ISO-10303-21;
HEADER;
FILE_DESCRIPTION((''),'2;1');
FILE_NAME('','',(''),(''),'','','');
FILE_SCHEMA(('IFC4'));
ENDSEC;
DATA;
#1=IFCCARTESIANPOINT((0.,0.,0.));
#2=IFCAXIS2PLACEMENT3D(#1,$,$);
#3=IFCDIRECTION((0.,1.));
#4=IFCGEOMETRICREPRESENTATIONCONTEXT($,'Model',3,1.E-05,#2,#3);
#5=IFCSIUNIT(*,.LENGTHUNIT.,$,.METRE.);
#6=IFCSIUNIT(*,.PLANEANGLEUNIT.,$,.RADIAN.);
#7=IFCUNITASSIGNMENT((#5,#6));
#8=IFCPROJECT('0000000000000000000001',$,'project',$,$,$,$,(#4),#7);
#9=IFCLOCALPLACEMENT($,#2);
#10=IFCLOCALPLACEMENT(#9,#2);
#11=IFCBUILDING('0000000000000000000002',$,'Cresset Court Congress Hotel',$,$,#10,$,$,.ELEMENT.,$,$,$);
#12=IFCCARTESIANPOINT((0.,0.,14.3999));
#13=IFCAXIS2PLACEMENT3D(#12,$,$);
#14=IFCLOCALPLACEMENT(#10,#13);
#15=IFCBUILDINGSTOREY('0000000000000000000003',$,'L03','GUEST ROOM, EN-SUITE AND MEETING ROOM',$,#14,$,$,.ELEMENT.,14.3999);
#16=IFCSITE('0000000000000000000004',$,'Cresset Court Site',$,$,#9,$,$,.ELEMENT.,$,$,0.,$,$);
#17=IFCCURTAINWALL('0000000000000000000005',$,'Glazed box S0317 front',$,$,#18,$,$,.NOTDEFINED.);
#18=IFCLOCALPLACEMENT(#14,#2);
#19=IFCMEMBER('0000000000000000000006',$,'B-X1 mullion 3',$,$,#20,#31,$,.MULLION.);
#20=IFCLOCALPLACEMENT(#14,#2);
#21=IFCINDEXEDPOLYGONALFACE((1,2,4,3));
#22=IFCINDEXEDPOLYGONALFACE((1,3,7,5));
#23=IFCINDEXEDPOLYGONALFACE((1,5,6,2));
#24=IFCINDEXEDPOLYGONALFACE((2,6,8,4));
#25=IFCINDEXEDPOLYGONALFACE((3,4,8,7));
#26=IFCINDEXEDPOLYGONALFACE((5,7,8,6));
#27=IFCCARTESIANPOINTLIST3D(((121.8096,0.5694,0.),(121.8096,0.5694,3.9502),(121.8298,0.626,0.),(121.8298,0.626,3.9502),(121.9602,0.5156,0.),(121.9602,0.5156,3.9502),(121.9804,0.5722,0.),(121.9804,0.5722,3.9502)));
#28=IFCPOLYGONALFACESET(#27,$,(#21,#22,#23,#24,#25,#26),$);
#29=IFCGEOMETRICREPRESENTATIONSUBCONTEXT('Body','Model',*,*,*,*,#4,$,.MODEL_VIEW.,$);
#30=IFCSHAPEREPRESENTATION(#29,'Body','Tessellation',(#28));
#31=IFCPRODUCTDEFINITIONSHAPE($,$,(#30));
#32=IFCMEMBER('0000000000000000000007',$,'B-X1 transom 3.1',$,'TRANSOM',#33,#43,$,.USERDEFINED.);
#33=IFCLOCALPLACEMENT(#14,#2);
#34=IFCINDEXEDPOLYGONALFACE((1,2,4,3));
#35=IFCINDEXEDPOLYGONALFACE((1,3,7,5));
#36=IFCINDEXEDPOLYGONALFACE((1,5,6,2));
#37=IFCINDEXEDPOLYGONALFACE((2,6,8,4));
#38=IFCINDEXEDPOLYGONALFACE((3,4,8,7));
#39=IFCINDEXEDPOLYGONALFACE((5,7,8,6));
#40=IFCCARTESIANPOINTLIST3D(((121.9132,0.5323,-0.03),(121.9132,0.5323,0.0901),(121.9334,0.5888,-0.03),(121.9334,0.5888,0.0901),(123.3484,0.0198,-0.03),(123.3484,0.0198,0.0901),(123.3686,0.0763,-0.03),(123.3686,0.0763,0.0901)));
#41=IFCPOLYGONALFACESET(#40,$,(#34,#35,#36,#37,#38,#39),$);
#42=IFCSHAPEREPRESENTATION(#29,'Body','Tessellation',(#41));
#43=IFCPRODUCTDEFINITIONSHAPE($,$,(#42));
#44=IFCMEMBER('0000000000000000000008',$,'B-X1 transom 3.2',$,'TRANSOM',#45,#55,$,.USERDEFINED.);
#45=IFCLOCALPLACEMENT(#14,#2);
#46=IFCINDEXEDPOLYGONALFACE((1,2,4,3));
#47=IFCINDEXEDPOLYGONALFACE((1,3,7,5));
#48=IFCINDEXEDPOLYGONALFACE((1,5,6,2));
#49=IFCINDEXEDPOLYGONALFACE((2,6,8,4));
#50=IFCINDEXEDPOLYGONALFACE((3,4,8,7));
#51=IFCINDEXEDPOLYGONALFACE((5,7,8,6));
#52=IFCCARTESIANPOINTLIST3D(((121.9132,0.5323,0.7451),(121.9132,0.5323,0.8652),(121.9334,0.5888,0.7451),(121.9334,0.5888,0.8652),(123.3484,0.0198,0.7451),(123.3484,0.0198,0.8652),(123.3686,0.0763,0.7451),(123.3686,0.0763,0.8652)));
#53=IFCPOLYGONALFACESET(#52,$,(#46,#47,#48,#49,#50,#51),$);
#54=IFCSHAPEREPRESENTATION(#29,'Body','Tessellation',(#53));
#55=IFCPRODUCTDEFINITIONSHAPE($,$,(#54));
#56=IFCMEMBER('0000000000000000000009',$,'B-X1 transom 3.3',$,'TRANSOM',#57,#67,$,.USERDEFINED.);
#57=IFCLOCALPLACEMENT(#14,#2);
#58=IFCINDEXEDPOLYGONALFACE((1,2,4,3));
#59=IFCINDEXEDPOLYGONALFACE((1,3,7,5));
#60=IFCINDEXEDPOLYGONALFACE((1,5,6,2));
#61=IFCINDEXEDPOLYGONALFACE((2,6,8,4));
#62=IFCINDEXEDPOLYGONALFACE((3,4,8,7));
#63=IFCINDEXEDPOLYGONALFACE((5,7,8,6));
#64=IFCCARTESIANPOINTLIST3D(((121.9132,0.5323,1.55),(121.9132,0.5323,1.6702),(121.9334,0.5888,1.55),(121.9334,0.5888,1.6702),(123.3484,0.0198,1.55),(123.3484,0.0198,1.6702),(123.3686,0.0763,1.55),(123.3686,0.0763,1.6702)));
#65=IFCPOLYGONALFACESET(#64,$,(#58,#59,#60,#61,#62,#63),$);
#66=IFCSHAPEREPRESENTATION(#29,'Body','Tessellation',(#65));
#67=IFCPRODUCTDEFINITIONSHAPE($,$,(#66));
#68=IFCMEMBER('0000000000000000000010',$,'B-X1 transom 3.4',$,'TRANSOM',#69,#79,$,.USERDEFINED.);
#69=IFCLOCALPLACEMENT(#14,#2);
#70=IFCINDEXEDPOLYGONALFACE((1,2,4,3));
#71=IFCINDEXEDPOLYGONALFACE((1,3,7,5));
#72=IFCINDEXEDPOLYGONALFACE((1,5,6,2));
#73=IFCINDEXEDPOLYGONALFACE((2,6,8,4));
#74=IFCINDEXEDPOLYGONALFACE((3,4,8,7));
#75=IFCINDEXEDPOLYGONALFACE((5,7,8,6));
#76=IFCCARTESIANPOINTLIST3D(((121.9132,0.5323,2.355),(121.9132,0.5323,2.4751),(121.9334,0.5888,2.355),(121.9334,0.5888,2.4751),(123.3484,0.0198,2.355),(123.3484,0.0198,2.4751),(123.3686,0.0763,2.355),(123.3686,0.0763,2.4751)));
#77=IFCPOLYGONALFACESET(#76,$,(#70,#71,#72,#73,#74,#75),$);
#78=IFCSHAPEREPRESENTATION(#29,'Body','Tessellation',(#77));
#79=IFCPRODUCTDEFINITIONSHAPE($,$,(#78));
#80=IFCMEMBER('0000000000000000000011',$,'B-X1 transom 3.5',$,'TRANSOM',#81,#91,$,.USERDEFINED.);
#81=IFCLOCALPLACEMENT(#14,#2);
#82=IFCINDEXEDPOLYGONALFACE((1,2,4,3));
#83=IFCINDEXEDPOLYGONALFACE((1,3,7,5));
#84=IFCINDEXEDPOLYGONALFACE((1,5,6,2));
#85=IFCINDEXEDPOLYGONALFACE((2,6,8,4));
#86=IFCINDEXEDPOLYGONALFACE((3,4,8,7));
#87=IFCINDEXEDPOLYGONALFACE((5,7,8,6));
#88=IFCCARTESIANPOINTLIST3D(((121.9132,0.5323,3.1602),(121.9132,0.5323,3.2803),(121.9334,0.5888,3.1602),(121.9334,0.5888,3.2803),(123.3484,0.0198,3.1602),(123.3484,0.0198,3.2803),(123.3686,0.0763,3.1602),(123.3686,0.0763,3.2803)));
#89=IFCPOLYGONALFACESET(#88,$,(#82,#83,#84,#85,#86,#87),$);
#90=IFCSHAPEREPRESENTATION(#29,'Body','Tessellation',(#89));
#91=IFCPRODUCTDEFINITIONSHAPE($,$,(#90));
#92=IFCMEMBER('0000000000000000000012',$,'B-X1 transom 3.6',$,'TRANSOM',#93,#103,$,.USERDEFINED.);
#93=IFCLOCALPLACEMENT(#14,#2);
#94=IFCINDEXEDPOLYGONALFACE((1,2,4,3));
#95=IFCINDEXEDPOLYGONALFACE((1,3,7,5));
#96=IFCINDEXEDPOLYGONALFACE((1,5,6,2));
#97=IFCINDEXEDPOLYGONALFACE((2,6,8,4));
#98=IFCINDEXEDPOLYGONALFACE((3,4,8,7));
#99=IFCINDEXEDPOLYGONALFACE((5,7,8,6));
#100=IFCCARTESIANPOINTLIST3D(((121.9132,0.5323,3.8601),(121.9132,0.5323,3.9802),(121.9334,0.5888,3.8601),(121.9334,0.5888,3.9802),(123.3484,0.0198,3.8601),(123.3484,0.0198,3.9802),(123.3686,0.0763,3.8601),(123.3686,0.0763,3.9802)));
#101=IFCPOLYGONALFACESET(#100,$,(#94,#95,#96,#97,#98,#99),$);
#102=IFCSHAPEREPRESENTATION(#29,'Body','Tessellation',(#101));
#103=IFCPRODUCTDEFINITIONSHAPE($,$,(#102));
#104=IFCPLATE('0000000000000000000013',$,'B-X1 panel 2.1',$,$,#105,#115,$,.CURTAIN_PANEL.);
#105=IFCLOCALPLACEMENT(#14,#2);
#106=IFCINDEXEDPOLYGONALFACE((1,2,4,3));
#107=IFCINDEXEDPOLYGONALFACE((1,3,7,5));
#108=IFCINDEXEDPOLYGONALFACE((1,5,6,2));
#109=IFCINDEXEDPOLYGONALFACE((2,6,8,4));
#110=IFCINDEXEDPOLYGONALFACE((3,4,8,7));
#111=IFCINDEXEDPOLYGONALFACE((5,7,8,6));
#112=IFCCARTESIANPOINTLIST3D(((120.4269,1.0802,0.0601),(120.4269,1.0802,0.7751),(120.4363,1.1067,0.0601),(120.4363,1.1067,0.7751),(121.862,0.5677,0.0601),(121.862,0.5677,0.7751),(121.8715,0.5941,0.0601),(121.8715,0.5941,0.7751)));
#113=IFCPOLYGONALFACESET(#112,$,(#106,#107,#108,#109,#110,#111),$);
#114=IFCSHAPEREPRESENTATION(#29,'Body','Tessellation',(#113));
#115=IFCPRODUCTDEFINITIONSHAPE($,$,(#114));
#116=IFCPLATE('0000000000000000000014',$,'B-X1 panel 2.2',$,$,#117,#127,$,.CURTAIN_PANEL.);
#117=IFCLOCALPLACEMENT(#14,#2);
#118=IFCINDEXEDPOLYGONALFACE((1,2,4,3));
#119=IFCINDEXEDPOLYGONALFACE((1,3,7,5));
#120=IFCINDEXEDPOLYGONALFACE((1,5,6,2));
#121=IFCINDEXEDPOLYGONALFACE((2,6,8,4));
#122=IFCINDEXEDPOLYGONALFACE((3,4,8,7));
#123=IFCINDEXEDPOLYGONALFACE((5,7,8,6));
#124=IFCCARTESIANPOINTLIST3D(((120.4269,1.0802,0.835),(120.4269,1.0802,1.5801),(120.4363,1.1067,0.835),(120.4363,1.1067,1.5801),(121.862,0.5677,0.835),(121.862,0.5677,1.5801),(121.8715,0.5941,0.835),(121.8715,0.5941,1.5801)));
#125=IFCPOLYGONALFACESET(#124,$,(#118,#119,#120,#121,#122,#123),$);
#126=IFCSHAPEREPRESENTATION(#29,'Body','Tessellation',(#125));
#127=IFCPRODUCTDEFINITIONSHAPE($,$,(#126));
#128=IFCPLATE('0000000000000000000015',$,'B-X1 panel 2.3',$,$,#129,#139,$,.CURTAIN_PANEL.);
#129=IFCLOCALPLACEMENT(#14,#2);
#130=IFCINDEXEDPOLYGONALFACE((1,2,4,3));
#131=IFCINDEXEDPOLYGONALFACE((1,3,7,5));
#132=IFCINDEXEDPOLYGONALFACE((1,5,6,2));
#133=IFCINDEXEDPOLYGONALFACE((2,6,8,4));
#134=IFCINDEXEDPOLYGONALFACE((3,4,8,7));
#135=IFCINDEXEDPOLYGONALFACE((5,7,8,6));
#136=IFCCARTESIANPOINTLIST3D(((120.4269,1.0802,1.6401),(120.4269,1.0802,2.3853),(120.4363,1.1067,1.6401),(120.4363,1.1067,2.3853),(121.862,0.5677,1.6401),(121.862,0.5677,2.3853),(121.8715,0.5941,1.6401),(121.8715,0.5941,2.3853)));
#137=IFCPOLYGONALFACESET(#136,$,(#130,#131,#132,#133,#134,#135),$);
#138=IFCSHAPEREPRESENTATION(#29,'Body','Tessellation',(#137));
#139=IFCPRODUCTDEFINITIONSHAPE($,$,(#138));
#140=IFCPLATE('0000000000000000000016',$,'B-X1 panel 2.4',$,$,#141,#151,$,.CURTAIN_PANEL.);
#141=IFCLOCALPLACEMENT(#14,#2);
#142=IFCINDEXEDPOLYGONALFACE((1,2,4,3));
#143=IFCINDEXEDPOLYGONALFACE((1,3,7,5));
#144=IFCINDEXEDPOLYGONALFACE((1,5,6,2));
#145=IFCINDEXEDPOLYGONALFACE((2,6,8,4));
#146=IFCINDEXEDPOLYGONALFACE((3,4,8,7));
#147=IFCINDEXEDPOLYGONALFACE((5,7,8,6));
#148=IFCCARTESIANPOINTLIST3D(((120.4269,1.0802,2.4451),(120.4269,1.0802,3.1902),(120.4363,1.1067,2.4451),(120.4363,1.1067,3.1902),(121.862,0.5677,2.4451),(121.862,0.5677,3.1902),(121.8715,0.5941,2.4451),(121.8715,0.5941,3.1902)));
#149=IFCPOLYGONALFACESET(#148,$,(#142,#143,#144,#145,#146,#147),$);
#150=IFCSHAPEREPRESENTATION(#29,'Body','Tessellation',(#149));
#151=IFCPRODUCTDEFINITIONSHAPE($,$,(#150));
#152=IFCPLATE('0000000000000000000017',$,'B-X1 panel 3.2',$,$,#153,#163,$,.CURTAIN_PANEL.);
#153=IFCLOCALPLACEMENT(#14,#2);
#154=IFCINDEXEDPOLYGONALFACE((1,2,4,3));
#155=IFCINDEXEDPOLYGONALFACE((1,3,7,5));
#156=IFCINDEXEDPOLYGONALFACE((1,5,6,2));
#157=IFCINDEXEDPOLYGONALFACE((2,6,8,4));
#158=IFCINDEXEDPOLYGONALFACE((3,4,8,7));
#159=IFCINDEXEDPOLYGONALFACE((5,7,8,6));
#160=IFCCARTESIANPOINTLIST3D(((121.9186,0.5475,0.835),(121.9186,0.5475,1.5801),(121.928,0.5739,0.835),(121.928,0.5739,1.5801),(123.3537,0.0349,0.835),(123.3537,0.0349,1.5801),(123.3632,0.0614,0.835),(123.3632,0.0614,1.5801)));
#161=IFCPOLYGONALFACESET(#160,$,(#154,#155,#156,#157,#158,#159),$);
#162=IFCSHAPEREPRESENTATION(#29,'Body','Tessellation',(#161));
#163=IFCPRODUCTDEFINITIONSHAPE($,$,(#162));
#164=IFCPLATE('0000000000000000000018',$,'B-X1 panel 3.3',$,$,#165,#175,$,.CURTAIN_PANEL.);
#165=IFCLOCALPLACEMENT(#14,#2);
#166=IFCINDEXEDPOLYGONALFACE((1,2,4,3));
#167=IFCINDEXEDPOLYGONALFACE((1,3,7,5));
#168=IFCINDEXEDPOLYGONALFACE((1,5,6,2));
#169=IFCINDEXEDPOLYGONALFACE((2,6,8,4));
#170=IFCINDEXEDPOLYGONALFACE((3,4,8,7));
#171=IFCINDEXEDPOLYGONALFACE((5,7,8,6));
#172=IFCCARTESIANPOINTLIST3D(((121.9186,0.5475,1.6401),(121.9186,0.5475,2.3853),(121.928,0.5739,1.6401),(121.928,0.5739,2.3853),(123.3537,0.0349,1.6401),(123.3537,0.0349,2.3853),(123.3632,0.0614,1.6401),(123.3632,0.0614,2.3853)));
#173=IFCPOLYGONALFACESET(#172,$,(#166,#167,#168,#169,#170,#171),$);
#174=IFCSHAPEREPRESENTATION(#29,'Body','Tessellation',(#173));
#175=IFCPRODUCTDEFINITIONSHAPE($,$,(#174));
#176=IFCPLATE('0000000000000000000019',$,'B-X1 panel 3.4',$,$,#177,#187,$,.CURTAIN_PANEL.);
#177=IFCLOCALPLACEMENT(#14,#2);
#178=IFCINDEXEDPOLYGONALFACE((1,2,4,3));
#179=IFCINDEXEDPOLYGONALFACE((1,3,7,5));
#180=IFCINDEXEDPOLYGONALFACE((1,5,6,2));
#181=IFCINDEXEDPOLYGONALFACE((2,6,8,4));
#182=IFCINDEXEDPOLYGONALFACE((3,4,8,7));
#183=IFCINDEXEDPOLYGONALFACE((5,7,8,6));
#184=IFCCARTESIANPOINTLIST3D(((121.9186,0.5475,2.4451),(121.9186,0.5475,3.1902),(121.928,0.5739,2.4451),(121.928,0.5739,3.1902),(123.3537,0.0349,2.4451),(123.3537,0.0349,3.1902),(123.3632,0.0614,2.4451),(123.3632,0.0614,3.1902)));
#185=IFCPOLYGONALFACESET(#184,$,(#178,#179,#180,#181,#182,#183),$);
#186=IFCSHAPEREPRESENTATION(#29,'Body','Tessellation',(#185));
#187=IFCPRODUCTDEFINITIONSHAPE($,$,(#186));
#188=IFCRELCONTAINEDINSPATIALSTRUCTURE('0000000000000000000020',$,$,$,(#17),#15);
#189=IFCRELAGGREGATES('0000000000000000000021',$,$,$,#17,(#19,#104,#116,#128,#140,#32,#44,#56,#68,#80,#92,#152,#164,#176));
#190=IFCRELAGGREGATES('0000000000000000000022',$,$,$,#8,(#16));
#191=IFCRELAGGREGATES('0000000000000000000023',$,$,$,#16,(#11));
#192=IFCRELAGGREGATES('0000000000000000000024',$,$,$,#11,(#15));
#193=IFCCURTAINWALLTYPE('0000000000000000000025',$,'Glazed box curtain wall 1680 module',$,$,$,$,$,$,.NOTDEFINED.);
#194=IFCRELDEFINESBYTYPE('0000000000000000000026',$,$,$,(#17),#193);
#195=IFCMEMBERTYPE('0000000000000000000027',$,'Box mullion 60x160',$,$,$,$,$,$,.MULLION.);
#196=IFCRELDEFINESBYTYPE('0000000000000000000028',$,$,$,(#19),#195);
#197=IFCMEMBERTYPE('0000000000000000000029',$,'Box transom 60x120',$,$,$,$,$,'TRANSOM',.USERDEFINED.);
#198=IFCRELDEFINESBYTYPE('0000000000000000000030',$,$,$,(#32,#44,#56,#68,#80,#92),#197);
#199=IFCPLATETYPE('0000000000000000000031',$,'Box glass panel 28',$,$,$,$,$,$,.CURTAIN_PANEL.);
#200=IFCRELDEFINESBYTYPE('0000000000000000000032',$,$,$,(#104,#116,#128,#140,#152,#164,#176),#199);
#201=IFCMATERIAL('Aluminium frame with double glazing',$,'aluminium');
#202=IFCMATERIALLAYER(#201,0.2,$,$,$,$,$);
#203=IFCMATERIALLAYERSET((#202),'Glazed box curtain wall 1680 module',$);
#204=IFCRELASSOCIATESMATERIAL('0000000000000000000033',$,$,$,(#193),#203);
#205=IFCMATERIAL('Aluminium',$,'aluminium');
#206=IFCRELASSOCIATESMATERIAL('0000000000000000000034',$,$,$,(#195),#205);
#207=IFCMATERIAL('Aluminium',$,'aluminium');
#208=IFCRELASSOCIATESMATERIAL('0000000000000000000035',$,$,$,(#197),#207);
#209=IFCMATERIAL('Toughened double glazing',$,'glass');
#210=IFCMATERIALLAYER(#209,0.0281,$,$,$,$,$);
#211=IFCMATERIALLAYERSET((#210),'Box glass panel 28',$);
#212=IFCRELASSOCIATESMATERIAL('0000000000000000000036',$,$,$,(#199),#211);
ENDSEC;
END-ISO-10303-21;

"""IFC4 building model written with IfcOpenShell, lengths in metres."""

from ifc_helpers import new_model, si_unit, direction, frame, origin, origin_2d, place, context, subcontext, project, spatial, rectangle, extrude, material, layer, layer_set, material_profile, profile_set, type_object, element, aggregate, save


model = new_model("IFC4")

# Units and contexts
model_context = context("Model", 3, precision=1e-05, world=origin(), true_north=direction((0.0, 1.0)))
body_context = subcontext(model_context, "Body", "Model", "MODEL_VIEW")
ifc_project = project(units=[si_unit("LENGTHUNIT", "METRE"), si_unit("PLANEANGLEUNIT", "RADIAN")], contexts=[model_context])

# Site, building, storey
site_placement = place(None, origin())
site = spatial("IfcSite", under=ifc_project, at=site_placement, Name="Cresset Court Site", CompositionType="ELEMENT", RefElevation=0.0)
building_placement = place(site_placement, origin())
building = spatial("IfcBuilding", under=site, at=building_placement, Name="Cresset Court Congress Hotel", CompositionType="ELEMENT")
storey_placement = place(building_placement, frame((0.0, 0.0, 14.3999)))
storey = spatial("IfcBuildingStorey", under=building, at=storey_placement, Name="L03", Description="GUEST ROOM, EN-SUITE AND MEETING ROOM", CompositionType="ELEMENT", Elevation=14.3999)

# Curtain wall, members, plates
ifc_material_1 = material(Name="Aluminium frame with double glazing", Category="aluminium")
ifc_layer_1 = layer(ifc_material_1, 0.2)
ifc_layer_set_1 = layer_set([ifc_layer_1], Name="Glazed box curtain wall 1680 module")
curtain_wall_type = type_object("IfcCurtainWallType", Name="Glazed box curtain wall 1680 module", PredefinedType="NOTDEFINED", material=ifc_layer_set_1)
curtain_wall_1_placement = place(storey_placement, origin())
curtain_wall_1 = element("IfcCurtainWall", 1, at=curtain_wall_1_placement, inside=storey, type_object=curtain_wall_type, Name="Glazed box S0317 front", PredefinedType="NOTDEFINED")
ifc_material_2 = material(Name="Aluminium", Category="aluminium")
ifc_material_profile_1 = material_profile(ifc_material_2, rectangle(XDim=0.0601, YDim=0.1599, at=origin_2d()), Name="Box mullion 60x160")
ifc_profile_set_1 = profile_set([ifc_material_profile_1], Name="Aluminium")
member_type_1 = type_object("IfcMemberType", Name="Box mullion 60x160", PredefinedType="MULLION", material=ifc_profile_set_1)
member_1_placement = place(storey_placement, frame((121.895, 0.5708, 0.0), z_axis=(0.0, 0.0, 1.0), x_axis=(0.336336, 0.941742, 0.0)))
member_1 = element("IfcMember", 2, at=member_1_placement, type_object=member_type_1, Name="B-X1 mullion 3", PredefinedType="MULLION", context=body_context, shape_type="SweptSolid", body=[
    extrude(rectangle(XDim=0.0601, YDim=0.1599, at=origin_2d()), origin(), (0.0, 0.0, 1.0), 3.9502),
])
ifc_material_3 = material(Name="Aluminium", Category="aluminium")
ifc_material_profile_2 = material_profile(ifc_material_3, rectangle(XDim=0.0601, YDim=0.1201, at=origin_2d()), Name="Box transom 60x120")
ifc_profile_set_2 = profile_set([ifc_material_profile_2], Name="Aluminium")
member_type_2 = type_object("IfcMemberType", Name="Box transom 60x120", ElementType="TRANSOM", PredefinedType="USERDEFINED", material=ifc_profile_set_2)
member_2_placement = place(storey_placement, frame((121.9233, 0.5605, 0.03), z_axis=(0.941756, -0.336296, 0.0), x_axis=(0.336296, 0.941756, 0.0)))
member_2 = element("IfcMember", 3, at=member_2_placement, type_object=member_type_2, Name="B-X1 transom 3.1", ObjectType="TRANSOM", PredefinedType="USERDEFINED", context=body_context, shape_type="SweptSolid", body=[
    extrude(rectangle(XDim=0.0601, YDim=0.1201, at=origin_2d()), origin(), (0.0, 0.0, 1.0), 1.5239),
])
member_3_placement = place(storey_placement, frame((121.9233, 0.5605, 0.8052), z_axis=(0.941756, -0.336296, 0.0), x_axis=(0.336296, 0.941756, 0.0)))
member_3 = element("IfcMember", 4, at=member_3_placement, type_object=member_type_2, Name="B-X1 transom 3.2", ObjectType="TRANSOM", PredefinedType="USERDEFINED", context=body_context, shape_type="SweptSolid", body=[
    extrude(rectangle(XDim=0.0601, YDim=0.1201, at=origin_2d()), origin(), (0.0, 0.0, 1.0), 1.5239),
])
member_4_placement = place(storey_placement, frame((121.9233, 0.5605, 1.6101), z_axis=(0.941756, -0.336296, 0.0), x_axis=(0.336296, 0.941756, 0.0)))
member_4 = element("IfcMember", 5, at=member_4_placement, type_object=member_type_2, Name="B-X1 transom 3.3", ObjectType="TRANSOM", PredefinedType="USERDEFINED", context=body_context, shape_type="SweptSolid", body=[
    extrude(rectangle(XDim=0.0601, YDim=0.1201, at=origin_2d()), origin(), (0.0, 0.0, 1.0), 1.5239),
])
member_5_placement = place(storey_placement, frame((121.9233, 0.5605, 2.415), z_axis=(0.941756, -0.336296, 0.0), x_axis=(0.336296, 0.941756, 0.0)))
member_5 = element("IfcMember", 6, at=member_5_placement, type_object=member_type_2, Name="B-X1 transom 3.4", ObjectType="TRANSOM", PredefinedType="USERDEFINED", context=body_context, shape_type="SweptSolid", body=[
    extrude(rectangle(XDim=0.0601, YDim=0.1201, at=origin_2d()), origin(), (0.0, 0.0, 1.0), 1.5239),
])
member_6_placement = place(storey_placement, frame((121.9233, 0.5605, 3.2202), z_axis=(0.941756, -0.336296, 0.0), x_axis=(0.336296, 0.941756, 0.0)))
member_6 = element("IfcMember", 7, at=member_6_placement, type_object=member_type_2, Name="B-X1 transom 3.5", ObjectType="TRANSOM", PredefinedType="USERDEFINED", context=body_context, shape_type="SweptSolid", body=[
    extrude(rectangle(XDim=0.0601, YDim=0.1201, at=origin_2d()), origin(), (0.0, 0.0, 1.0), 1.5239),
])
member_7_placement = place(storey_placement, frame((121.9233, 0.5605, 3.9202), z_axis=(0.941756, -0.336296, 0.0), x_axis=(0.336296, 0.941756, 0.0)))
member_7 = element("IfcMember", 8, at=member_7_placement, type_object=member_type_2, Name="B-X1 transom 3.6", ObjectType="TRANSOM", PredefinedType="USERDEFINED", context=body_context, shape_type="SweptSolid", body=[
    extrude(rectangle(XDim=0.0601, YDim=0.1201, at=origin_2d()), origin(), (0.0, 0.0, 1.0), 1.5239),
])
ifc_material_4 = material(Name="Toughened double glazing", Category="glass")
ifc_layer_2 = layer(ifc_material_4, 0.0281)
ifc_layer_set_2 = layer_set([ifc_layer_2], Name="Box glass panel 28")
plate_type_1 = type_object("IfcPlateType", Name="Box glass panel 28", PredefinedType="CURTAIN_PANEL", material=ifc_layer_set_2)
plate_1_placement = place(storey_placement, frame((121.1492, 0.8372, 0.0601), z_axis=(0.0, 0.0, 1.0), x_axis=(0.941742, -0.336336, 0.0)))
plate_1 = element("IfcPlate", 9, at=plate_1_placement, type_object=plate_type_1, Name="B-X1 panel 2.1", PredefinedType="CURTAIN_PANEL", context=body_context, shape_type="SweptSolid", body=[
    extrude(rectangle(XDim=1.5239, YDim=0.0281, at=origin_2d()), origin(), (0.0, 0.0, 1.0), 0.7151),
])
plate_2_placement = place(storey_placement, frame((121.1492, 0.8372, 0.835), z_axis=(0.0, 0.0, 1.0), x_axis=(0.941742, -0.336336, 0.0)))
plate_2 = element("IfcPlate", 10, at=plate_2_placement, type_object=plate_type_1, Name="B-X1 panel 2.2", PredefinedType="CURTAIN_PANEL", context=body_context, shape_type="SweptSolid", body=[
    extrude(rectangle(XDim=1.5239, YDim=0.0281, at=origin_2d()), origin(), (0.0, 0.0, 1.0), 0.7451),
])
plate_3_placement = place(storey_placement, frame((121.1492, 0.8372, 1.6401), z_axis=(0.0, 0.0, 1.0), x_axis=(0.941742, -0.336336, 0.0)))
plate_3 = element("IfcPlate", 11, at=plate_3_placement, type_object=plate_type_1, Name="B-X1 panel 2.3", PredefinedType="CURTAIN_PANEL", context=body_context, shape_type="SweptSolid", body=[
    extrude(rectangle(XDim=1.5239, YDim=0.0281, at=origin_2d()), origin(), (0.0, 0.0, 1.0), 0.7451),
])
plate_4_placement = place(storey_placement, frame((121.1492, 0.8372, 2.4451), z_axis=(0.0, 0.0, 1.0), x_axis=(0.941742, -0.336336, 0.0)))
plate_4 = element("IfcPlate", 12, at=plate_4_placement, type_object=plate_type_1, Name="B-X1 panel 2.4", PredefinedType="CURTAIN_PANEL", context=body_context, shape_type="SweptSolid", body=[
    extrude(rectangle(XDim=1.5239, YDim=0.0281, at=origin_2d()), origin(), (0.0, 0.0, 1.0), 0.7451),
])
plate_5_placement = place(storey_placement, frame((122.6409, 0.3044, 0.835), z_axis=(0.0, 0.0, 1.0), x_axis=(0.941742, -0.336336, 0.0)))
plate_5 = element("IfcPlate", 13, at=plate_5_placement, type_object=plate_type_1, Name="B-X1 panel 3.2", PredefinedType="CURTAIN_PANEL", context=body_context, shape_type="SweptSolid", body=[
    extrude(rectangle(XDim=1.5239, YDim=0.0281, at=origin_2d()), origin(), (0.0, 0.0, 1.0), 0.7451),
])
plate_6_placement = place(storey_placement, frame((122.6409, 0.3044, 1.6401), z_axis=(0.0, 0.0, 1.0), x_axis=(0.941742, -0.336336, 0.0)))
plate_6 = element("IfcPlate", 14, at=plate_6_placement, type_object=plate_type_1, Name="B-X1 panel 3.3", PredefinedType="CURTAIN_PANEL", context=body_context, shape_type="SweptSolid", body=[
    extrude(rectangle(XDim=1.5239, YDim=0.0281, at=origin_2d()), origin(), (0.0, 0.0, 1.0), 0.7451),
])
plate_7_placement = place(storey_placement, frame((122.6409, 0.3044, 2.4451), z_axis=(0.0, 0.0, 1.0), x_axis=(0.941742, -0.336336, 0.0)))
plate_7 = element("IfcPlate", 15, at=plate_7_placement, type_object=plate_type_1, Name="B-X1 panel 3.4", PredefinedType="CURTAIN_PANEL", context=body_context, shape_type="SweptSolid", body=[
    extrude(rectangle(XDim=1.5239, YDim=0.0281, at=origin_2d()), origin(), (0.0, 0.0, 1.0), 0.7451),
])

aggregate(curtain_wall_1, [member_1, plate_1, plate_2, plate_3, plate_4, member_2, member_3, member_4, member_5, member_6, member_7, plate_5, plate_6, plate_7])

save(model, "model.ifc")
